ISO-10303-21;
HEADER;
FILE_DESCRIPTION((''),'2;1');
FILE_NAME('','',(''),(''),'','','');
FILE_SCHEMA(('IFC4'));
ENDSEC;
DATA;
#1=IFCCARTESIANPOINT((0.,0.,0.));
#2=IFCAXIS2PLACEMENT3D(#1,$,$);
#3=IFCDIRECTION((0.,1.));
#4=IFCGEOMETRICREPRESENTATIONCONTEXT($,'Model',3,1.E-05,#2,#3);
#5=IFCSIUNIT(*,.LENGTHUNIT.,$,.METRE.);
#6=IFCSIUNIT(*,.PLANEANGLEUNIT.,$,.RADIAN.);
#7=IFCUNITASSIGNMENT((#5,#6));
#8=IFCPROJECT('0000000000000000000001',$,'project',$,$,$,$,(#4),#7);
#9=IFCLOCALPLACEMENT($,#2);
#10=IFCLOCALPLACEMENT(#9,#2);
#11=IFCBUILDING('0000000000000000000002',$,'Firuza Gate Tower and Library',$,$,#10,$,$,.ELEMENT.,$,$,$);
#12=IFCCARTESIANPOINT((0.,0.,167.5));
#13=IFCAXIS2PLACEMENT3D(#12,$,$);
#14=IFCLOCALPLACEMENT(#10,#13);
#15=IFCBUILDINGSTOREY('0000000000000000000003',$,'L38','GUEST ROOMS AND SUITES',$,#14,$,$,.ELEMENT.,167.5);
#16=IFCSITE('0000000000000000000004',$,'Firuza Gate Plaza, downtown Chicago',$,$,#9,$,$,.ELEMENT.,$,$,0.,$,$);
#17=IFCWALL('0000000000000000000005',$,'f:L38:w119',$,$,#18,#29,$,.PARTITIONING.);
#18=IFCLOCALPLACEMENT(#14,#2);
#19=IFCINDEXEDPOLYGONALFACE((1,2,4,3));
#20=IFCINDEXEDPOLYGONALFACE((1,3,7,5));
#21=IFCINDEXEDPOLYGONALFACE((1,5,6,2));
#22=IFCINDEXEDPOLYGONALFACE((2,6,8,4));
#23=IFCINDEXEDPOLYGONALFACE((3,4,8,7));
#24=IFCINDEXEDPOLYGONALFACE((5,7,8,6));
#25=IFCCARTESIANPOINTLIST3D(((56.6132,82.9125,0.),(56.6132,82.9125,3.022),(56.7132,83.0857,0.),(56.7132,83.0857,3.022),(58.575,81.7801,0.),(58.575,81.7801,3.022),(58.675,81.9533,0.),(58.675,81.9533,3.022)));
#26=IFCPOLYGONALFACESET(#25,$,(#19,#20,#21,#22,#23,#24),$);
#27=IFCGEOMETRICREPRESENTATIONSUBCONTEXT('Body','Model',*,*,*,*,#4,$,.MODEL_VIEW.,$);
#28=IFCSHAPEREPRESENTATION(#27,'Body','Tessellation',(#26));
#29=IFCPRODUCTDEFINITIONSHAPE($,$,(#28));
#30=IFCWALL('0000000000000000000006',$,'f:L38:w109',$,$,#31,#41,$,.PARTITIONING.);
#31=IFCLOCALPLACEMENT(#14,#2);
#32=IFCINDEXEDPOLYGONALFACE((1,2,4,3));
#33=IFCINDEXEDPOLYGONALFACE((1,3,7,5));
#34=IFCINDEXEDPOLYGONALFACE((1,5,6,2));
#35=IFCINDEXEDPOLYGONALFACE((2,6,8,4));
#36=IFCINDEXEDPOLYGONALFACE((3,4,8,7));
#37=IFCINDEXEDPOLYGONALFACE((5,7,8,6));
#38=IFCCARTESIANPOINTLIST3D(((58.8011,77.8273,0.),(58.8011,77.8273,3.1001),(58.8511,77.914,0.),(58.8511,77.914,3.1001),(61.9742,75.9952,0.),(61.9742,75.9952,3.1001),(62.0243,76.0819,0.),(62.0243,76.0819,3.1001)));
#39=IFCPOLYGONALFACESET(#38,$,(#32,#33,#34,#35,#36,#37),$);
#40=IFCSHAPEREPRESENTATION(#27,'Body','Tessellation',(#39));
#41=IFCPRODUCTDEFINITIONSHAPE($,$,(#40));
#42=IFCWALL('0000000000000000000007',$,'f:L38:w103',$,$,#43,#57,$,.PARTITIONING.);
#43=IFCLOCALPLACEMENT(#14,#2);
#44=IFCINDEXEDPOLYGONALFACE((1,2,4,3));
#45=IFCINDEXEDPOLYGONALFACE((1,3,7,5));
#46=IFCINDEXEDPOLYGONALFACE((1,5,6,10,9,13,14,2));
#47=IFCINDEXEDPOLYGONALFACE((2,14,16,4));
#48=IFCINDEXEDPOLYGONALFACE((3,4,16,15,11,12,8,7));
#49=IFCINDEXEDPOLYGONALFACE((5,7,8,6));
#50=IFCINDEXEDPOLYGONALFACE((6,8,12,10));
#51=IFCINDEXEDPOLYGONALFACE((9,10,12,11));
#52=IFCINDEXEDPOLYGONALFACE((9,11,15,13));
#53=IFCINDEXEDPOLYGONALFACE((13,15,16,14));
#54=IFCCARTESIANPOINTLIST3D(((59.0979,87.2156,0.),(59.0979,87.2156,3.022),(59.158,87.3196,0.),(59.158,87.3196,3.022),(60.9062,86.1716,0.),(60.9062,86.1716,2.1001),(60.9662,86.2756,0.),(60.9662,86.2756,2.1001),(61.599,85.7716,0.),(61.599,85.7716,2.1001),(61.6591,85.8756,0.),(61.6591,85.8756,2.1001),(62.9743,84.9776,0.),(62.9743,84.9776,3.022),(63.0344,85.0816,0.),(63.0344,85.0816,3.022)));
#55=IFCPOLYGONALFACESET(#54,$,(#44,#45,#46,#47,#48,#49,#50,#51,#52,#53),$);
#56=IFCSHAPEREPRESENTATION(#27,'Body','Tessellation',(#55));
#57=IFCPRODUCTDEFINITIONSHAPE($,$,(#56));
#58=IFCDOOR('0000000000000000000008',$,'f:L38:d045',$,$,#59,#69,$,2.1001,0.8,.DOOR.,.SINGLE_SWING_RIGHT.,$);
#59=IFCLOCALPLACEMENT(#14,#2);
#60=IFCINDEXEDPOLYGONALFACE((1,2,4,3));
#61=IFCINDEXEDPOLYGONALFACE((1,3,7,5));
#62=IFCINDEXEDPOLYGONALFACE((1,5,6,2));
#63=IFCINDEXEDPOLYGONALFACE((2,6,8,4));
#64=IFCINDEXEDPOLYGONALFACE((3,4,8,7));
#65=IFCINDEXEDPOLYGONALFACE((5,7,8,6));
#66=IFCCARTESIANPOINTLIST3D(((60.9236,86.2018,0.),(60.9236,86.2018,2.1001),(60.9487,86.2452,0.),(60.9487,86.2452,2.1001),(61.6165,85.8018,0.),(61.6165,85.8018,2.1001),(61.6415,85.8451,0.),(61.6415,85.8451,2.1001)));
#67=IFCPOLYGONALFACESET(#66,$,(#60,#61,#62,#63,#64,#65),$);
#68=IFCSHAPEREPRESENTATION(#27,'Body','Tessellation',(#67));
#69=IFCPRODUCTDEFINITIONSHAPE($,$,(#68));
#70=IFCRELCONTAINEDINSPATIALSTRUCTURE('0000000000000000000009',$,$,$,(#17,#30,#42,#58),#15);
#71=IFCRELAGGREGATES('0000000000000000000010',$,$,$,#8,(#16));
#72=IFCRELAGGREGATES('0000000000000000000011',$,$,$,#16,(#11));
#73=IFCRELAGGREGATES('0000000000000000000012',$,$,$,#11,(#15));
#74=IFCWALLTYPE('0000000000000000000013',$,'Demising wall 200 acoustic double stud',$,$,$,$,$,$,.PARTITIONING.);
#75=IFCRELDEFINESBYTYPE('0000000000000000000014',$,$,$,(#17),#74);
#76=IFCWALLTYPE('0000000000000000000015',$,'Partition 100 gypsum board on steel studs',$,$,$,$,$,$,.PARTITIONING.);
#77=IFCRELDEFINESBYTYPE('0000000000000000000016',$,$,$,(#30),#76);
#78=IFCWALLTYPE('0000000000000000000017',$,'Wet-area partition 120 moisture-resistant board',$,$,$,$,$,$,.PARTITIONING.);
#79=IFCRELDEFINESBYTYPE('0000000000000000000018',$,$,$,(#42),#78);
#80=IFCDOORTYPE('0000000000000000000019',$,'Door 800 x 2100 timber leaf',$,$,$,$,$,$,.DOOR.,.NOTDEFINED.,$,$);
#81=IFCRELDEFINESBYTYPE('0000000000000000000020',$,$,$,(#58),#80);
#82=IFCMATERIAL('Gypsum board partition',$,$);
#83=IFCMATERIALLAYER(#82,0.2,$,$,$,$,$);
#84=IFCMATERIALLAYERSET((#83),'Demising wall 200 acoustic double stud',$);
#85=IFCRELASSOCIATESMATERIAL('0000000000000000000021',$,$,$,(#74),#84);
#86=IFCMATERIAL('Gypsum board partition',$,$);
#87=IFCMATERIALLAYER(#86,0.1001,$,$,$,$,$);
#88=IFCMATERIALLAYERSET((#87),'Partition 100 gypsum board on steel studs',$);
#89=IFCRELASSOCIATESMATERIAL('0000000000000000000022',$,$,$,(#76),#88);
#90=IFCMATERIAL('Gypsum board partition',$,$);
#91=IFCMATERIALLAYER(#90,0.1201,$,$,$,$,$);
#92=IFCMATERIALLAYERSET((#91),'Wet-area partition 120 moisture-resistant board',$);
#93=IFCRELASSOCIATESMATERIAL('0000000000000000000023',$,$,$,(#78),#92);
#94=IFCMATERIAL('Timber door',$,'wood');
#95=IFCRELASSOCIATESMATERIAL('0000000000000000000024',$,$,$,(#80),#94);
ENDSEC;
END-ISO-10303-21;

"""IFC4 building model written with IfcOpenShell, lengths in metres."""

from ifc_helpers import new_model, si_unit, direction, frame, frame_2d, origin, place, context, subcontext, project, spatial, rectangle, extrude, material, layer, layer_set, type_object, element, fill, save


model = new_model("IFC4")

# Units and contexts
model_context = context("Model", 3, precision=1e-05, world=origin(), true_north=direction((0.0, 1.0)))
body_context = subcontext(model_context, "Body", "Model", "MODEL_VIEW")
ifc_project = project(units=[si_unit("LENGTHUNIT", "METRE"), si_unit("PLANEANGLEUNIT", "RADIAN")], contexts=[model_context])

# Site, building, storey
site_placement = place(None, origin())
site = spatial("IfcSite", under=ifc_project, at=site_placement, Name="Firuza Gate Plaza, downtown Chicago", CompositionType="ELEMENT", RefElevation=0.0)
building_placement = place(site_placement, origin())
building = spatial("IfcBuilding", under=site, at=building_placement, Name="Firuza Gate Tower and Library", CompositionType="ELEMENT")
storey_placement = place(building_placement, frame((0.0, 0.0, 167.5)))
storey = spatial("IfcBuildingStorey", under=building, at=storey_placement, Name="L38", Description="GUEST ROOMS AND SUITES", CompositionType="ELEMENT", Elevation=167.5)

# Walls
ifc_material_1 = material(Name="Gypsum board partition")
ifc_layer_1 = layer(ifc_material_1, 0.2)
ifc_layer_set_1 = layer_set([ifc_layer_1], Name="Demising wall 200 acoustic double stud")
wall_type_1 = type_object("IfcWallType", Name="Demising wall 200 acoustic double stud", PredefinedType="PARTITIONING", material=ifc_layer_set_1)
wall_1_placement = place(storey_placement, frame((58.625, 81.8667, 0.0), z_axis=(0.0, 0.0, 1.0), x_axis=(-0.866073, 0.499918, 0.0)))
element("IfcWall", 1, at=wall_1_placement, inside=storey, type_object=wall_type_1, Name="f:L38:w119", PredefinedType="PARTITIONING", context=body_context, shape_type="SweptSolid", body=[
    extrude(rectangle(XDim=2.2651, YDim=0.2, at=frame_2d((1.1326, 0.0))), origin(), (0.0, 0.0, 1.0), 3.022),
])
ifc_material_2 = material(Name="Gypsum board partition")
ifc_layer_2 = layer(ifc_material_2, 0.1001)
ifc_layer_set_2 = layer_set([ifc_layer_2], Name="Partition 100 gypsum board on steel studs")
wall_type_2 = type_object("IfcWallType", Name="Partition 100 gypsum board on steel studs", PredefinedType="PARTITIONING", material=ifc_layer_set_2)
wall_2_placement = place(storey_placement, frame((61.9993, 76.0386, 0.0), z_axis=(0.0, 0.0, 1.0), x_axis=(-0.86602, 0.500009, 0.0)))
element("IfcWall", 2, at=wall_2_placement, inside=storey, type_object=wall_type_2, Name="f:L38:w109", PredefinedType="PARTITIONING", context=body_context, shape_type="SweptSolid", body=[
    extrude(rectangle(XDim=3.6641, YDim=0.1001, at=frame_2d((1.832, 0.0))), origin(), (0.0, 0.0, 1.0), 3.1001),
])

# Wall, opening, door
ifc_material_3 = material(Name="Gypsum board partition")
ifc_layer_3 = layer(ifc_material_3, 0.1201)
ifc_layer_set_3 = layer_set([ifc_layer_3], Name="Wet-area partition 120 moisture-resistant board")
wall_type_3 = type_object("IfcWallType", Name="Wet-area partition 120 moisture-resistant board", PredefinedType="PARTITIONING", material=ifc_layer_set_3)
wall_3_placement = place(storey_placement, frame((59.1279, 87.2676, 0.0), z_axis=(0.0, 0.0, 1.0), x_axis=(0.866029, -0.499993, 0.0)))
wall_3 = element("IfcWall", 3, at=wall_3_placement, inside=storey, type_object=wall_type_3, Name="f:L38:w103", PredefinedType="PARTITIONING", context=body_context, shape_type="SweptSolid", body=[
    extrude(rectangle(XDim=4.4761, YDim=0.1201, at=frame_2d((2.238, 0.0))), origin(), (0.0, 0.0, 1.0), 3.022),
])
opening_1_placement = place(wall_3_placement, frame((2.0881, 0.0, 0.0)))
opening_1 = element("IfcOpeningElement", 4, at=opening_1_placement, cuts=wall_3, PredefinedType="OPENING", context=body_context, shape_type="SweptSolid", body=[
    extrude(rectangle(XDim=0.8, YDim=2.1001, at=frame_2d((0.3999, 1.05))), frame((0.0, 0.0701, 0.0), z_axis=(0.0, -1.0, 0.0), x_axis=(1.0, 0.0, 0.0)), (0.0, 0.0, 1.0), 0.1401),
])
ifc_material_4 = material(Name="Timber door", Category="wood")
door_type_1 = type_object("IfcDoorType", Name="Door 800 x 2100 timber leaf", OperationType="NOTDEFINED", PredefinedType="DOOR", material=ifc_material_4)
door_1_placement = place(opening_1_placement, origin())
door_1 = element("IfcDoor", 5, at=door_1_placement, inside=storey, type_object=door_type_1, Name="f:L38:d045", OperationType="SINGLE_SWING_RIGHT", OverallHeight=2.1001, OverallWidth=0.8, PredefinedType="DOOR", context=body_context, shape_type="SweptSolid", body=[
    extrude(rectangle(XDim=0.8, YDim=2.1001, at=frame_2d((0.3999, 1.05))), frame((0.0, 0.0249, 0.0), z_axis=(0.0, -1.0, 0.0), x_axis=(1.0, 0.0, 0.0)), (0.0, 0.0, 1.0), 0.05),
])
fill(opening_1, door_1)

save(model, "model.ifc")
